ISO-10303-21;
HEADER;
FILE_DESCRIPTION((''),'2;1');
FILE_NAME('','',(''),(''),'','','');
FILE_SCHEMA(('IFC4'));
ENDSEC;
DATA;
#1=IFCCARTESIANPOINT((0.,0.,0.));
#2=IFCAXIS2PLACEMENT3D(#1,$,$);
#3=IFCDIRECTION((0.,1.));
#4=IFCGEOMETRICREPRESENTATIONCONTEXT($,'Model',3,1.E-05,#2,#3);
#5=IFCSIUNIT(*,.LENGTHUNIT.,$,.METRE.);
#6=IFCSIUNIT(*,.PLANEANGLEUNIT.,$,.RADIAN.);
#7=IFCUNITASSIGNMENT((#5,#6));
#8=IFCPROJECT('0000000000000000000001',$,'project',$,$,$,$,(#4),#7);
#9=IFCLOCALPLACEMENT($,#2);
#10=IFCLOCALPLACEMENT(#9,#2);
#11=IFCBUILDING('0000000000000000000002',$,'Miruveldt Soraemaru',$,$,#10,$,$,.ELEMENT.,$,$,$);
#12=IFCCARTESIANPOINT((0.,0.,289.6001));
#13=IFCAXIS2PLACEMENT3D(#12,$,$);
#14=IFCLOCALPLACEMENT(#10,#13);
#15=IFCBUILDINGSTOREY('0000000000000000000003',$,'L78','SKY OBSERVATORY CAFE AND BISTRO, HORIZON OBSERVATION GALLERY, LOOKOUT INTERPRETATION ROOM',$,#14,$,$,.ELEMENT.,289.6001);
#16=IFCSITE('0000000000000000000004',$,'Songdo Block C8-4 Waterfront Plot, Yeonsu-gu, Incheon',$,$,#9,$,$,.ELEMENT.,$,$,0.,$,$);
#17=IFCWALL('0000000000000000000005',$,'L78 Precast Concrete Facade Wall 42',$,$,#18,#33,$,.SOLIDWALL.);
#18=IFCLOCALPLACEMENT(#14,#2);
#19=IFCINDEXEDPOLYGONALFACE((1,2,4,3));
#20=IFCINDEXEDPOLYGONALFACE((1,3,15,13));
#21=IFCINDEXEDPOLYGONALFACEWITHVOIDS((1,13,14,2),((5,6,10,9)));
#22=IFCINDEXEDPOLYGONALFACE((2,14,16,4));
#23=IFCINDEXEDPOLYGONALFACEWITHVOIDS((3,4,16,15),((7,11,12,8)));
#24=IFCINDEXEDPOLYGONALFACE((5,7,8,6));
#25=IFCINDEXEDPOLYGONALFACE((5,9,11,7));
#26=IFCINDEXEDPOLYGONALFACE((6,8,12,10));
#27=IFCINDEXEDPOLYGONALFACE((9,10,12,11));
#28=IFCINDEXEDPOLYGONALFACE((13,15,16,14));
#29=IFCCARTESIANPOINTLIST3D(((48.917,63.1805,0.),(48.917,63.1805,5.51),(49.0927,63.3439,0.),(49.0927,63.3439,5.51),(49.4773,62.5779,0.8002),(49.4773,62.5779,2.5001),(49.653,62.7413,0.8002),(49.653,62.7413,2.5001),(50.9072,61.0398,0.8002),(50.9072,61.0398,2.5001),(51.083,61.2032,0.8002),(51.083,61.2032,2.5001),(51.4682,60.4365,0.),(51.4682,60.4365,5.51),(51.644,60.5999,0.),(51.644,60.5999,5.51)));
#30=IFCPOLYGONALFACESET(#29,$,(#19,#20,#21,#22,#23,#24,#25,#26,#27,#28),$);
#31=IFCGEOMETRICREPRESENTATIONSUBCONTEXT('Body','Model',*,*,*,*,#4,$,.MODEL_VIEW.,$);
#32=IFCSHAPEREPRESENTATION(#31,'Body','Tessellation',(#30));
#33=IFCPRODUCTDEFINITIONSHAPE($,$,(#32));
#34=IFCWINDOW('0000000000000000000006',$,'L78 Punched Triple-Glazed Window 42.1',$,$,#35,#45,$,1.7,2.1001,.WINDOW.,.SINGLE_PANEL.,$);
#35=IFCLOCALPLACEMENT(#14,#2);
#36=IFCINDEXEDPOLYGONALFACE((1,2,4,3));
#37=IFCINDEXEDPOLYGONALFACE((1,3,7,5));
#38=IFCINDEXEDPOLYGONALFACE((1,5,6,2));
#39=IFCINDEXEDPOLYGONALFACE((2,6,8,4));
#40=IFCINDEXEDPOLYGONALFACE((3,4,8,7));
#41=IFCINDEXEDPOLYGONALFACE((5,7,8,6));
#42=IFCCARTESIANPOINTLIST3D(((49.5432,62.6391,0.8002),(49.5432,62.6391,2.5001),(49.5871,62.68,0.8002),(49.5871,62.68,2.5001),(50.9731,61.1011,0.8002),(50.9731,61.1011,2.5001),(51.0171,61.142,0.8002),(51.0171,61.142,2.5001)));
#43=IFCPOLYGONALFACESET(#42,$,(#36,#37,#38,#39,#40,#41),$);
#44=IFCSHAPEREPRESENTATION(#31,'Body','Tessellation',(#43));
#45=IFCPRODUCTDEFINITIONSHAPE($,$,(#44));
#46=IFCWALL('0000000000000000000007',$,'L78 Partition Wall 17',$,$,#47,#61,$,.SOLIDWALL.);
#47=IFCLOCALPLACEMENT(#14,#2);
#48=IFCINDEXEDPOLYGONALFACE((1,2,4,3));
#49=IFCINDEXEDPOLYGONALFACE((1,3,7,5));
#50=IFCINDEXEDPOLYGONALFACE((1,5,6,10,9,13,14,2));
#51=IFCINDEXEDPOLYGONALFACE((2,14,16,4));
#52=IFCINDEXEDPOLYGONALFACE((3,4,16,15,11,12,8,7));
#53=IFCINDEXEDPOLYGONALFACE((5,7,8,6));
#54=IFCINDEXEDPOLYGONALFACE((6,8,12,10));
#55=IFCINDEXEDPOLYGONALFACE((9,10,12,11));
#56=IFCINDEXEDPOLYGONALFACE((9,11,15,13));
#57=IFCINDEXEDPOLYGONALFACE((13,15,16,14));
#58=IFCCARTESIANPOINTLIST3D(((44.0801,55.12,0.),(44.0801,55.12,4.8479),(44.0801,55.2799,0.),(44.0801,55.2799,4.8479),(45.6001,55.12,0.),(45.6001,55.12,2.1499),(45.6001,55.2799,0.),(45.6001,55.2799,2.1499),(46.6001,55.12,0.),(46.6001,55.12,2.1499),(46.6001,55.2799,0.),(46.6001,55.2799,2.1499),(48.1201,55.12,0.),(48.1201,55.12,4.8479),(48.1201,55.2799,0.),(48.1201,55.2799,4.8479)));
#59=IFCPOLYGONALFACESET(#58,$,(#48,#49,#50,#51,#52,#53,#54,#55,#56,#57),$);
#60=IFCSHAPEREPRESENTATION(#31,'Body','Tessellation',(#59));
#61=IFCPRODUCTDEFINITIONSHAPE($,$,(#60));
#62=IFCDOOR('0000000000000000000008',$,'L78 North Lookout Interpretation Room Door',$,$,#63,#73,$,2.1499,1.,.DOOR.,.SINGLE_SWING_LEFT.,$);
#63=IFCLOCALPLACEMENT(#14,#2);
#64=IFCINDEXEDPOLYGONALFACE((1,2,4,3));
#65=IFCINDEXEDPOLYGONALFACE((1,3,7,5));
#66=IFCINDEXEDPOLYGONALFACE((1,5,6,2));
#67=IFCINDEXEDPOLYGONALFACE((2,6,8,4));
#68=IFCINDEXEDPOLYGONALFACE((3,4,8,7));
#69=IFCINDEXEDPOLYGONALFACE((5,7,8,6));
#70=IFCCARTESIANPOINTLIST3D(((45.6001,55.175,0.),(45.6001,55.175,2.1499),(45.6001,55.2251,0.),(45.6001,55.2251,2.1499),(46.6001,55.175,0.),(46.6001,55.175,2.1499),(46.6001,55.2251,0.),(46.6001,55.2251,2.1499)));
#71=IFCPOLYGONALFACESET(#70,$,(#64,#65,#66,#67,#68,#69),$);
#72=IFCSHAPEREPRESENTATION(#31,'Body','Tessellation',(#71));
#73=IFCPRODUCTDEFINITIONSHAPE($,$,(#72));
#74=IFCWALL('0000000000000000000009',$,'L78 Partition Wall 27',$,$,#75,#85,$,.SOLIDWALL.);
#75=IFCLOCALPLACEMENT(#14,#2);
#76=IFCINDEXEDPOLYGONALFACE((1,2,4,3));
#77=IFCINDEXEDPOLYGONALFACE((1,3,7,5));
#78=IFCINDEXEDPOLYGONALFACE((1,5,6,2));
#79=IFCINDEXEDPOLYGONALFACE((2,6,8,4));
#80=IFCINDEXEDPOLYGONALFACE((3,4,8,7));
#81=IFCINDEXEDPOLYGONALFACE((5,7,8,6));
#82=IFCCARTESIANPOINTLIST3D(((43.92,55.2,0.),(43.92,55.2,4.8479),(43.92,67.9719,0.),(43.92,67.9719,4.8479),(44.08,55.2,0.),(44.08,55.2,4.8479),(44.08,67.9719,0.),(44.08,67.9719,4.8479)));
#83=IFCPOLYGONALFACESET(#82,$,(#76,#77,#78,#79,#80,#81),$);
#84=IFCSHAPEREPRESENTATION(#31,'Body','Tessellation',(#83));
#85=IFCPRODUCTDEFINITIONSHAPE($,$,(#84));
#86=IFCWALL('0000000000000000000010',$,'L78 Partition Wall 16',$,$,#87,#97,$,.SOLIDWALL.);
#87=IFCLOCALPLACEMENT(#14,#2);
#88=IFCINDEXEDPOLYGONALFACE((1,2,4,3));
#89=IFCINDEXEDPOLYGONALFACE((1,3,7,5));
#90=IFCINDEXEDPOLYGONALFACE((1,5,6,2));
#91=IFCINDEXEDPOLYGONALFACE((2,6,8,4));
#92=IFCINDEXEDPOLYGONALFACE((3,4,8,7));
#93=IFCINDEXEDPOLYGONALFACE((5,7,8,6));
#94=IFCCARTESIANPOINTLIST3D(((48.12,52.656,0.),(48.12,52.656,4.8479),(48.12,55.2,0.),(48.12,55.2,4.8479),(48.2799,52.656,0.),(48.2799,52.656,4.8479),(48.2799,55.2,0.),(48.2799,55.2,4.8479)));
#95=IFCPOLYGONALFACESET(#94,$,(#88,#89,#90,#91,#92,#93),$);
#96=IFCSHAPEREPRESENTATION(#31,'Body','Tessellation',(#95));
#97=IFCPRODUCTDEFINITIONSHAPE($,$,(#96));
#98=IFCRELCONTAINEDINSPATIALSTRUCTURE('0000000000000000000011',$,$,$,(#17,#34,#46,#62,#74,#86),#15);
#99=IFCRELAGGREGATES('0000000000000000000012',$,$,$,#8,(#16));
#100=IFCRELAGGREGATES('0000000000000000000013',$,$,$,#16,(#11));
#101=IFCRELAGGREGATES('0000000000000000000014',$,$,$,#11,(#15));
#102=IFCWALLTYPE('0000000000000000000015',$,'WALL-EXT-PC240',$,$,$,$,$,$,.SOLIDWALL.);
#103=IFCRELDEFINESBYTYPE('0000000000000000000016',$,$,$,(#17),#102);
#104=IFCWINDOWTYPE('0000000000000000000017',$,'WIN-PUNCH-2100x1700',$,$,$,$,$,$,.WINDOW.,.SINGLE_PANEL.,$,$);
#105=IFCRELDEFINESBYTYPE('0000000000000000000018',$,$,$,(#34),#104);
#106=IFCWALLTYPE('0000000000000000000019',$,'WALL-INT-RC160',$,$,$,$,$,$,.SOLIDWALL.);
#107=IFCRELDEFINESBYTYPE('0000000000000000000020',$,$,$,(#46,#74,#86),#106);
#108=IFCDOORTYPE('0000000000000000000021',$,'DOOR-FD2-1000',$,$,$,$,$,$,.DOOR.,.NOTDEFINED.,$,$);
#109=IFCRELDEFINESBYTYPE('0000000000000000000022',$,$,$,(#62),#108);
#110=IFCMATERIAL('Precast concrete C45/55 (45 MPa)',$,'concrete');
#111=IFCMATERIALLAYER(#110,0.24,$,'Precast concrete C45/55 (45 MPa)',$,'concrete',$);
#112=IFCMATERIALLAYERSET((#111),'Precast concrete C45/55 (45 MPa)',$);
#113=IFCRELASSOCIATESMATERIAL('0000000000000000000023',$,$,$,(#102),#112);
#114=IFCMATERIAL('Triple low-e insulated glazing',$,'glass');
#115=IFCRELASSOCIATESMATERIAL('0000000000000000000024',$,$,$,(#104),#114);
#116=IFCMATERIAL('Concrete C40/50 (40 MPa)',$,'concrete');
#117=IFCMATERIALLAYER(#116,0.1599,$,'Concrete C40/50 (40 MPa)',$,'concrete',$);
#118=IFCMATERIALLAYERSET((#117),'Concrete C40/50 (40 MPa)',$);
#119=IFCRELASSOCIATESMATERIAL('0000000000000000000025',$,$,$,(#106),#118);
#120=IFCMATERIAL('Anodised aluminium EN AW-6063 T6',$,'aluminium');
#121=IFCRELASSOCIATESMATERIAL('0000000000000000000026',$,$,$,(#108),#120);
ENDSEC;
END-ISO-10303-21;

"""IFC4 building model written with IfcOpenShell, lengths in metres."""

from ifc_helpers import new_model, si_unit, direction, frame, frame_2d, origin, place, context, subcontext, project, spatial, rectangle, extrude, material, layer, layer_set, type_object, element, fill, save


model = new_model("IFC4")

# Units and contexts
model_context = context("Model", 3, precision=1e-05, world=origin(), true_north=direction((0.0, 1.0)))
body_context = subcontext(model_context, "Body", "Model", "MODEL_VIEW")
ifc_project = project(units=[si_unit("LENGTHUNIT", "METRE"), si_unit("PLANEANGLEUNIT", "RADIAN")], contexts=[model_context])

# Site, building, storey
site_placement = place(None, origin())
site = spatial("IfcSite", under=ifc_project, at=site_placement, Name="Songdo Block C8-4 Waterfront Plot, Yeonsu-gu, Incheon", CompositionType="ELEMENT", RefElevation=0.0)
building_placement = place(site_placement, origin())
building = spatial("IfcBuilding", under=site, at=building_placement, Name="Miruveldt Soraemaru", CompositionType="ELEMENT")
storey_placement = place(building_placement, frame((0.0, 0.0, 289.6001)))
storey = spatial("IfcBuildingStorey", under=building, at=storey_placement, Name="L78", Description="SKY OBSERVATORY CAFE AND BISTRO, HORIZON OBSERVATION GALLERY, LOOKOUT INTERPRETATION ROOM", CompositionType="ELEMENT", Elevation=289.6001)

# Wall, opening, window
ifc_material_1 = material(Name="Precast concrete C45/55 (45 MPa)", Category="concrete")
ifc_layer_1 = layer(ifc_material_1, 0.24, Name="Precast concrete C45/55 (45 MPa)", Category="concrete")
ifc_layer_set_1 = layer_set([ifc_layer_1], Name="Precast concrete C45/55 (45 MPa)")
wall_type_1 = type_object("IfcWallType", Name="WALL-EXT-PC240", PredefinedType="SOLIDWALL", material=ifc_layer_set_1)
ifc_material_2 = material(Name="Triple low-e insulated glazing", Category="glass")
window_type_1 = type_object("IfcWindowType", Name="WIN-PUNCH-2100x1700", PartitioningType="SINGLE_PANEL", PredefinedType="WINDOW", material=ifc_material_2)
wall_1_placement = place(storey_placement, frame((51.5562, 60.5181, 0.0), z_axis=(0.0, 0.0, 1.0), x_axis=(-0.680901, 0.732376, 0.0)))
wall_1 = element("IfcWall", 1, at=wall_1_placement, inside=storey, type_object=wall_type_1, Name="L78 Precast Concrete Facade Wall 42", PredefinedType="SOLIDWALL", context=body_context, shape_type="SweptSolid", body=[
    extrude(rectangle(XDim=3.7468, YDim=0.24, at=frame_2d((1.8735, 0.0))), origin(), (0.0, 0.0, 1.0), 5.51),
])
opening_1_placement = place(wall_1_placement, frame((0.824, 0.0, 0.8)))
opening_1 = element("IfcOpeningElement", 2, at=opening_1_placement, cuts=wall_1, PredefinedType="OPENING", context=body_context, shape_type="SweptSolid", body=[
    extrude(rectangle(XDim=2.1001, YDim=1.7, at=frame_2d((1.05, 0.8501))), frame((0.0, 0.1299, 0.0), z_axis=(0.0, -1.0, 0.0), x_axis=(1.0, 0.0, 0.0)), (0.0, 0.0, 1.0), 0.26),
])
window_1_placement = place(opening_1_placement, origin())
window_1 = element("IfcWindow", 3, at=window_1_placement, inside=storey, type_object=window_type_1, Name="L78 Punched Triple-Glazed Window 42.1", OverallHeight=1.7, OverallWidth=2.1001, PartitioningType="SINGLE_PANEL", PredefinedType="WINDOW", context=body_context, shape_type="SweptSolid", body=[
    extrude(rectangle(XDim=2.1001, YDim=1.7, at=frame_2d((1.05, 0.8501))), frame((0.0, 0.03, 0.0), z_axis=(0.0, -1.0, 0.0), x_axis=(1.0, 0.0, 0.0)), (0.0, 0.0, 1.0), 0.0601),
])
fill(opening_1, window_1)

# Wall, opening, door
ifc_material_3 = material(Name="Concrete C40/50 (40 MPa)", Category="concrete")
ifc_layer_2 = layer(ifc_material_3, 0.1599, Name="Concrete C40/50 (40 MPa)", Category="concrete")
ifc_layer_set_2 = layer_set([ifc_layer_2], Name="Concrete C40/50 (40 MPa)")
wall_type_2 = type_object("IfcWallType", Name="WALL-INT-RC160", PredefinedType="SOLIDWALL", material=ifc_layer_set_2)
wall_2_placement = place(storey_placement, frame((48.1201, 55.2, 0.0), z_axis=(0.0, 0.0, 1.0), x_axis=(-1.0, 0.0, 0.0)))
wall_2 = element("IfcWall", 4, at=wall_2_placement, inside=storey, type_object=wall_type_2, Name="L78 Partition Wall 17", PredefinedType="SOLIDWALL", context=body_context, shape_type="SweptSolid", body=[
    extrude(rectangle(XDim=4.04, YDim=0.1599, at=frame_2d((2.02, 0.0))), origin(), (0.0, 0.0, 1.0), 4.8479),
])
opening_2_placement = place(wall_2_placement, frame((1.52, 0.0, 0.0)))
opening_2 = element("IfcOpeningElement", 5, at=opening_2_placement, cuts=wall_2, PredefinedType="OPENING", context=body_context, shape_type="SweptSolid", body=[
    extrude(rectangle(XDim=1.0, YDim=2.1499, at=frame_2d((0.5, 1.075))), frame((0.0, 0.0898, 0.0), z_axis=(0.0, -1.0, 0.0), x_axis=(1.0, 0.0, 0.0)), (0.0, 0.0, 1.0), 0.1799),
])
ifc_material_4 = material(Name="Anodised aluminium EN AW-6063 T6", Category="aluminium")
door_type = type_object("IfcDoorType", Name="DOOR-FD2-1000", OperationType="NOTDEFINED", PredefinedType="DOOR", material=ifc_material_4)
door_placement = place(opening_2_placement, origin())
door = element("IfcDoor", 6, at=door_placement, inside=storey, type_object=door_type, Name="L78 North Lookout Interpretation Room Door", OperationType="SINGLE_SWING_LEFT", OverallHeight=2.1499, OverallWidth=1.0, PredefinedType="DOOR", context=body_context, shape_type="SweptSolid", body=[
    extrude(rectangle(XDim=1.0, YDim=2.1499, at=frame_2d((0.5, 1.075))), frame((0.0, 0.0249, 0.0), z_axis=(0.0, -1.0, 0.0), x_axis=(1.0, 0.0, 0.0)), (0.0, 0.0, 1.0), 0.05),
])
fill(opening_2, door)

# Walls
wall_3_placement = place(storey_placement, frame((44.0, 55.2, 0.0), z_axis=(0.0, 0.0, 1.0), x_axis=(0.0, 1.0, 0.0)))
element("IfcWall", 7, at=wall_3_placement, inside=storey, type_object=wall_type_2, Name="L78 Partition Wall 27", PredefinedType="SOLIDWALL", context=body_context, shape_type="SweptSolid", body=[
    extrude(rectangle(XDim=12.772, YDim=0.1599, at=frame_2d((6.386, 0.0))), origin(), (0.0, 0.0, 1.0), 4.8479),
])
wall_4_placement = place(storey_placement, frame((48.2, 52.656, 0.0), z_axis=(0.0, 0.0, 1.0), x_axis=(0.0, 1.0, 0.0)))
element("IfcWall", 8, at=wall_4_placement, inside=storey, type_object=wall_type_2, Name="L78 Partition Wall 16", PredefinedType="SOLIDWALL", context=body_context, shape_type="SweptSolid", body=[
    extrude(rectangle(XDim=2.5439, YDim=0.1599, at=frame_2d((1.272, 0.0))), origin(), (0.0, 0.0, 1.0), 4.8479),
])

save(model, "model.ifc")
